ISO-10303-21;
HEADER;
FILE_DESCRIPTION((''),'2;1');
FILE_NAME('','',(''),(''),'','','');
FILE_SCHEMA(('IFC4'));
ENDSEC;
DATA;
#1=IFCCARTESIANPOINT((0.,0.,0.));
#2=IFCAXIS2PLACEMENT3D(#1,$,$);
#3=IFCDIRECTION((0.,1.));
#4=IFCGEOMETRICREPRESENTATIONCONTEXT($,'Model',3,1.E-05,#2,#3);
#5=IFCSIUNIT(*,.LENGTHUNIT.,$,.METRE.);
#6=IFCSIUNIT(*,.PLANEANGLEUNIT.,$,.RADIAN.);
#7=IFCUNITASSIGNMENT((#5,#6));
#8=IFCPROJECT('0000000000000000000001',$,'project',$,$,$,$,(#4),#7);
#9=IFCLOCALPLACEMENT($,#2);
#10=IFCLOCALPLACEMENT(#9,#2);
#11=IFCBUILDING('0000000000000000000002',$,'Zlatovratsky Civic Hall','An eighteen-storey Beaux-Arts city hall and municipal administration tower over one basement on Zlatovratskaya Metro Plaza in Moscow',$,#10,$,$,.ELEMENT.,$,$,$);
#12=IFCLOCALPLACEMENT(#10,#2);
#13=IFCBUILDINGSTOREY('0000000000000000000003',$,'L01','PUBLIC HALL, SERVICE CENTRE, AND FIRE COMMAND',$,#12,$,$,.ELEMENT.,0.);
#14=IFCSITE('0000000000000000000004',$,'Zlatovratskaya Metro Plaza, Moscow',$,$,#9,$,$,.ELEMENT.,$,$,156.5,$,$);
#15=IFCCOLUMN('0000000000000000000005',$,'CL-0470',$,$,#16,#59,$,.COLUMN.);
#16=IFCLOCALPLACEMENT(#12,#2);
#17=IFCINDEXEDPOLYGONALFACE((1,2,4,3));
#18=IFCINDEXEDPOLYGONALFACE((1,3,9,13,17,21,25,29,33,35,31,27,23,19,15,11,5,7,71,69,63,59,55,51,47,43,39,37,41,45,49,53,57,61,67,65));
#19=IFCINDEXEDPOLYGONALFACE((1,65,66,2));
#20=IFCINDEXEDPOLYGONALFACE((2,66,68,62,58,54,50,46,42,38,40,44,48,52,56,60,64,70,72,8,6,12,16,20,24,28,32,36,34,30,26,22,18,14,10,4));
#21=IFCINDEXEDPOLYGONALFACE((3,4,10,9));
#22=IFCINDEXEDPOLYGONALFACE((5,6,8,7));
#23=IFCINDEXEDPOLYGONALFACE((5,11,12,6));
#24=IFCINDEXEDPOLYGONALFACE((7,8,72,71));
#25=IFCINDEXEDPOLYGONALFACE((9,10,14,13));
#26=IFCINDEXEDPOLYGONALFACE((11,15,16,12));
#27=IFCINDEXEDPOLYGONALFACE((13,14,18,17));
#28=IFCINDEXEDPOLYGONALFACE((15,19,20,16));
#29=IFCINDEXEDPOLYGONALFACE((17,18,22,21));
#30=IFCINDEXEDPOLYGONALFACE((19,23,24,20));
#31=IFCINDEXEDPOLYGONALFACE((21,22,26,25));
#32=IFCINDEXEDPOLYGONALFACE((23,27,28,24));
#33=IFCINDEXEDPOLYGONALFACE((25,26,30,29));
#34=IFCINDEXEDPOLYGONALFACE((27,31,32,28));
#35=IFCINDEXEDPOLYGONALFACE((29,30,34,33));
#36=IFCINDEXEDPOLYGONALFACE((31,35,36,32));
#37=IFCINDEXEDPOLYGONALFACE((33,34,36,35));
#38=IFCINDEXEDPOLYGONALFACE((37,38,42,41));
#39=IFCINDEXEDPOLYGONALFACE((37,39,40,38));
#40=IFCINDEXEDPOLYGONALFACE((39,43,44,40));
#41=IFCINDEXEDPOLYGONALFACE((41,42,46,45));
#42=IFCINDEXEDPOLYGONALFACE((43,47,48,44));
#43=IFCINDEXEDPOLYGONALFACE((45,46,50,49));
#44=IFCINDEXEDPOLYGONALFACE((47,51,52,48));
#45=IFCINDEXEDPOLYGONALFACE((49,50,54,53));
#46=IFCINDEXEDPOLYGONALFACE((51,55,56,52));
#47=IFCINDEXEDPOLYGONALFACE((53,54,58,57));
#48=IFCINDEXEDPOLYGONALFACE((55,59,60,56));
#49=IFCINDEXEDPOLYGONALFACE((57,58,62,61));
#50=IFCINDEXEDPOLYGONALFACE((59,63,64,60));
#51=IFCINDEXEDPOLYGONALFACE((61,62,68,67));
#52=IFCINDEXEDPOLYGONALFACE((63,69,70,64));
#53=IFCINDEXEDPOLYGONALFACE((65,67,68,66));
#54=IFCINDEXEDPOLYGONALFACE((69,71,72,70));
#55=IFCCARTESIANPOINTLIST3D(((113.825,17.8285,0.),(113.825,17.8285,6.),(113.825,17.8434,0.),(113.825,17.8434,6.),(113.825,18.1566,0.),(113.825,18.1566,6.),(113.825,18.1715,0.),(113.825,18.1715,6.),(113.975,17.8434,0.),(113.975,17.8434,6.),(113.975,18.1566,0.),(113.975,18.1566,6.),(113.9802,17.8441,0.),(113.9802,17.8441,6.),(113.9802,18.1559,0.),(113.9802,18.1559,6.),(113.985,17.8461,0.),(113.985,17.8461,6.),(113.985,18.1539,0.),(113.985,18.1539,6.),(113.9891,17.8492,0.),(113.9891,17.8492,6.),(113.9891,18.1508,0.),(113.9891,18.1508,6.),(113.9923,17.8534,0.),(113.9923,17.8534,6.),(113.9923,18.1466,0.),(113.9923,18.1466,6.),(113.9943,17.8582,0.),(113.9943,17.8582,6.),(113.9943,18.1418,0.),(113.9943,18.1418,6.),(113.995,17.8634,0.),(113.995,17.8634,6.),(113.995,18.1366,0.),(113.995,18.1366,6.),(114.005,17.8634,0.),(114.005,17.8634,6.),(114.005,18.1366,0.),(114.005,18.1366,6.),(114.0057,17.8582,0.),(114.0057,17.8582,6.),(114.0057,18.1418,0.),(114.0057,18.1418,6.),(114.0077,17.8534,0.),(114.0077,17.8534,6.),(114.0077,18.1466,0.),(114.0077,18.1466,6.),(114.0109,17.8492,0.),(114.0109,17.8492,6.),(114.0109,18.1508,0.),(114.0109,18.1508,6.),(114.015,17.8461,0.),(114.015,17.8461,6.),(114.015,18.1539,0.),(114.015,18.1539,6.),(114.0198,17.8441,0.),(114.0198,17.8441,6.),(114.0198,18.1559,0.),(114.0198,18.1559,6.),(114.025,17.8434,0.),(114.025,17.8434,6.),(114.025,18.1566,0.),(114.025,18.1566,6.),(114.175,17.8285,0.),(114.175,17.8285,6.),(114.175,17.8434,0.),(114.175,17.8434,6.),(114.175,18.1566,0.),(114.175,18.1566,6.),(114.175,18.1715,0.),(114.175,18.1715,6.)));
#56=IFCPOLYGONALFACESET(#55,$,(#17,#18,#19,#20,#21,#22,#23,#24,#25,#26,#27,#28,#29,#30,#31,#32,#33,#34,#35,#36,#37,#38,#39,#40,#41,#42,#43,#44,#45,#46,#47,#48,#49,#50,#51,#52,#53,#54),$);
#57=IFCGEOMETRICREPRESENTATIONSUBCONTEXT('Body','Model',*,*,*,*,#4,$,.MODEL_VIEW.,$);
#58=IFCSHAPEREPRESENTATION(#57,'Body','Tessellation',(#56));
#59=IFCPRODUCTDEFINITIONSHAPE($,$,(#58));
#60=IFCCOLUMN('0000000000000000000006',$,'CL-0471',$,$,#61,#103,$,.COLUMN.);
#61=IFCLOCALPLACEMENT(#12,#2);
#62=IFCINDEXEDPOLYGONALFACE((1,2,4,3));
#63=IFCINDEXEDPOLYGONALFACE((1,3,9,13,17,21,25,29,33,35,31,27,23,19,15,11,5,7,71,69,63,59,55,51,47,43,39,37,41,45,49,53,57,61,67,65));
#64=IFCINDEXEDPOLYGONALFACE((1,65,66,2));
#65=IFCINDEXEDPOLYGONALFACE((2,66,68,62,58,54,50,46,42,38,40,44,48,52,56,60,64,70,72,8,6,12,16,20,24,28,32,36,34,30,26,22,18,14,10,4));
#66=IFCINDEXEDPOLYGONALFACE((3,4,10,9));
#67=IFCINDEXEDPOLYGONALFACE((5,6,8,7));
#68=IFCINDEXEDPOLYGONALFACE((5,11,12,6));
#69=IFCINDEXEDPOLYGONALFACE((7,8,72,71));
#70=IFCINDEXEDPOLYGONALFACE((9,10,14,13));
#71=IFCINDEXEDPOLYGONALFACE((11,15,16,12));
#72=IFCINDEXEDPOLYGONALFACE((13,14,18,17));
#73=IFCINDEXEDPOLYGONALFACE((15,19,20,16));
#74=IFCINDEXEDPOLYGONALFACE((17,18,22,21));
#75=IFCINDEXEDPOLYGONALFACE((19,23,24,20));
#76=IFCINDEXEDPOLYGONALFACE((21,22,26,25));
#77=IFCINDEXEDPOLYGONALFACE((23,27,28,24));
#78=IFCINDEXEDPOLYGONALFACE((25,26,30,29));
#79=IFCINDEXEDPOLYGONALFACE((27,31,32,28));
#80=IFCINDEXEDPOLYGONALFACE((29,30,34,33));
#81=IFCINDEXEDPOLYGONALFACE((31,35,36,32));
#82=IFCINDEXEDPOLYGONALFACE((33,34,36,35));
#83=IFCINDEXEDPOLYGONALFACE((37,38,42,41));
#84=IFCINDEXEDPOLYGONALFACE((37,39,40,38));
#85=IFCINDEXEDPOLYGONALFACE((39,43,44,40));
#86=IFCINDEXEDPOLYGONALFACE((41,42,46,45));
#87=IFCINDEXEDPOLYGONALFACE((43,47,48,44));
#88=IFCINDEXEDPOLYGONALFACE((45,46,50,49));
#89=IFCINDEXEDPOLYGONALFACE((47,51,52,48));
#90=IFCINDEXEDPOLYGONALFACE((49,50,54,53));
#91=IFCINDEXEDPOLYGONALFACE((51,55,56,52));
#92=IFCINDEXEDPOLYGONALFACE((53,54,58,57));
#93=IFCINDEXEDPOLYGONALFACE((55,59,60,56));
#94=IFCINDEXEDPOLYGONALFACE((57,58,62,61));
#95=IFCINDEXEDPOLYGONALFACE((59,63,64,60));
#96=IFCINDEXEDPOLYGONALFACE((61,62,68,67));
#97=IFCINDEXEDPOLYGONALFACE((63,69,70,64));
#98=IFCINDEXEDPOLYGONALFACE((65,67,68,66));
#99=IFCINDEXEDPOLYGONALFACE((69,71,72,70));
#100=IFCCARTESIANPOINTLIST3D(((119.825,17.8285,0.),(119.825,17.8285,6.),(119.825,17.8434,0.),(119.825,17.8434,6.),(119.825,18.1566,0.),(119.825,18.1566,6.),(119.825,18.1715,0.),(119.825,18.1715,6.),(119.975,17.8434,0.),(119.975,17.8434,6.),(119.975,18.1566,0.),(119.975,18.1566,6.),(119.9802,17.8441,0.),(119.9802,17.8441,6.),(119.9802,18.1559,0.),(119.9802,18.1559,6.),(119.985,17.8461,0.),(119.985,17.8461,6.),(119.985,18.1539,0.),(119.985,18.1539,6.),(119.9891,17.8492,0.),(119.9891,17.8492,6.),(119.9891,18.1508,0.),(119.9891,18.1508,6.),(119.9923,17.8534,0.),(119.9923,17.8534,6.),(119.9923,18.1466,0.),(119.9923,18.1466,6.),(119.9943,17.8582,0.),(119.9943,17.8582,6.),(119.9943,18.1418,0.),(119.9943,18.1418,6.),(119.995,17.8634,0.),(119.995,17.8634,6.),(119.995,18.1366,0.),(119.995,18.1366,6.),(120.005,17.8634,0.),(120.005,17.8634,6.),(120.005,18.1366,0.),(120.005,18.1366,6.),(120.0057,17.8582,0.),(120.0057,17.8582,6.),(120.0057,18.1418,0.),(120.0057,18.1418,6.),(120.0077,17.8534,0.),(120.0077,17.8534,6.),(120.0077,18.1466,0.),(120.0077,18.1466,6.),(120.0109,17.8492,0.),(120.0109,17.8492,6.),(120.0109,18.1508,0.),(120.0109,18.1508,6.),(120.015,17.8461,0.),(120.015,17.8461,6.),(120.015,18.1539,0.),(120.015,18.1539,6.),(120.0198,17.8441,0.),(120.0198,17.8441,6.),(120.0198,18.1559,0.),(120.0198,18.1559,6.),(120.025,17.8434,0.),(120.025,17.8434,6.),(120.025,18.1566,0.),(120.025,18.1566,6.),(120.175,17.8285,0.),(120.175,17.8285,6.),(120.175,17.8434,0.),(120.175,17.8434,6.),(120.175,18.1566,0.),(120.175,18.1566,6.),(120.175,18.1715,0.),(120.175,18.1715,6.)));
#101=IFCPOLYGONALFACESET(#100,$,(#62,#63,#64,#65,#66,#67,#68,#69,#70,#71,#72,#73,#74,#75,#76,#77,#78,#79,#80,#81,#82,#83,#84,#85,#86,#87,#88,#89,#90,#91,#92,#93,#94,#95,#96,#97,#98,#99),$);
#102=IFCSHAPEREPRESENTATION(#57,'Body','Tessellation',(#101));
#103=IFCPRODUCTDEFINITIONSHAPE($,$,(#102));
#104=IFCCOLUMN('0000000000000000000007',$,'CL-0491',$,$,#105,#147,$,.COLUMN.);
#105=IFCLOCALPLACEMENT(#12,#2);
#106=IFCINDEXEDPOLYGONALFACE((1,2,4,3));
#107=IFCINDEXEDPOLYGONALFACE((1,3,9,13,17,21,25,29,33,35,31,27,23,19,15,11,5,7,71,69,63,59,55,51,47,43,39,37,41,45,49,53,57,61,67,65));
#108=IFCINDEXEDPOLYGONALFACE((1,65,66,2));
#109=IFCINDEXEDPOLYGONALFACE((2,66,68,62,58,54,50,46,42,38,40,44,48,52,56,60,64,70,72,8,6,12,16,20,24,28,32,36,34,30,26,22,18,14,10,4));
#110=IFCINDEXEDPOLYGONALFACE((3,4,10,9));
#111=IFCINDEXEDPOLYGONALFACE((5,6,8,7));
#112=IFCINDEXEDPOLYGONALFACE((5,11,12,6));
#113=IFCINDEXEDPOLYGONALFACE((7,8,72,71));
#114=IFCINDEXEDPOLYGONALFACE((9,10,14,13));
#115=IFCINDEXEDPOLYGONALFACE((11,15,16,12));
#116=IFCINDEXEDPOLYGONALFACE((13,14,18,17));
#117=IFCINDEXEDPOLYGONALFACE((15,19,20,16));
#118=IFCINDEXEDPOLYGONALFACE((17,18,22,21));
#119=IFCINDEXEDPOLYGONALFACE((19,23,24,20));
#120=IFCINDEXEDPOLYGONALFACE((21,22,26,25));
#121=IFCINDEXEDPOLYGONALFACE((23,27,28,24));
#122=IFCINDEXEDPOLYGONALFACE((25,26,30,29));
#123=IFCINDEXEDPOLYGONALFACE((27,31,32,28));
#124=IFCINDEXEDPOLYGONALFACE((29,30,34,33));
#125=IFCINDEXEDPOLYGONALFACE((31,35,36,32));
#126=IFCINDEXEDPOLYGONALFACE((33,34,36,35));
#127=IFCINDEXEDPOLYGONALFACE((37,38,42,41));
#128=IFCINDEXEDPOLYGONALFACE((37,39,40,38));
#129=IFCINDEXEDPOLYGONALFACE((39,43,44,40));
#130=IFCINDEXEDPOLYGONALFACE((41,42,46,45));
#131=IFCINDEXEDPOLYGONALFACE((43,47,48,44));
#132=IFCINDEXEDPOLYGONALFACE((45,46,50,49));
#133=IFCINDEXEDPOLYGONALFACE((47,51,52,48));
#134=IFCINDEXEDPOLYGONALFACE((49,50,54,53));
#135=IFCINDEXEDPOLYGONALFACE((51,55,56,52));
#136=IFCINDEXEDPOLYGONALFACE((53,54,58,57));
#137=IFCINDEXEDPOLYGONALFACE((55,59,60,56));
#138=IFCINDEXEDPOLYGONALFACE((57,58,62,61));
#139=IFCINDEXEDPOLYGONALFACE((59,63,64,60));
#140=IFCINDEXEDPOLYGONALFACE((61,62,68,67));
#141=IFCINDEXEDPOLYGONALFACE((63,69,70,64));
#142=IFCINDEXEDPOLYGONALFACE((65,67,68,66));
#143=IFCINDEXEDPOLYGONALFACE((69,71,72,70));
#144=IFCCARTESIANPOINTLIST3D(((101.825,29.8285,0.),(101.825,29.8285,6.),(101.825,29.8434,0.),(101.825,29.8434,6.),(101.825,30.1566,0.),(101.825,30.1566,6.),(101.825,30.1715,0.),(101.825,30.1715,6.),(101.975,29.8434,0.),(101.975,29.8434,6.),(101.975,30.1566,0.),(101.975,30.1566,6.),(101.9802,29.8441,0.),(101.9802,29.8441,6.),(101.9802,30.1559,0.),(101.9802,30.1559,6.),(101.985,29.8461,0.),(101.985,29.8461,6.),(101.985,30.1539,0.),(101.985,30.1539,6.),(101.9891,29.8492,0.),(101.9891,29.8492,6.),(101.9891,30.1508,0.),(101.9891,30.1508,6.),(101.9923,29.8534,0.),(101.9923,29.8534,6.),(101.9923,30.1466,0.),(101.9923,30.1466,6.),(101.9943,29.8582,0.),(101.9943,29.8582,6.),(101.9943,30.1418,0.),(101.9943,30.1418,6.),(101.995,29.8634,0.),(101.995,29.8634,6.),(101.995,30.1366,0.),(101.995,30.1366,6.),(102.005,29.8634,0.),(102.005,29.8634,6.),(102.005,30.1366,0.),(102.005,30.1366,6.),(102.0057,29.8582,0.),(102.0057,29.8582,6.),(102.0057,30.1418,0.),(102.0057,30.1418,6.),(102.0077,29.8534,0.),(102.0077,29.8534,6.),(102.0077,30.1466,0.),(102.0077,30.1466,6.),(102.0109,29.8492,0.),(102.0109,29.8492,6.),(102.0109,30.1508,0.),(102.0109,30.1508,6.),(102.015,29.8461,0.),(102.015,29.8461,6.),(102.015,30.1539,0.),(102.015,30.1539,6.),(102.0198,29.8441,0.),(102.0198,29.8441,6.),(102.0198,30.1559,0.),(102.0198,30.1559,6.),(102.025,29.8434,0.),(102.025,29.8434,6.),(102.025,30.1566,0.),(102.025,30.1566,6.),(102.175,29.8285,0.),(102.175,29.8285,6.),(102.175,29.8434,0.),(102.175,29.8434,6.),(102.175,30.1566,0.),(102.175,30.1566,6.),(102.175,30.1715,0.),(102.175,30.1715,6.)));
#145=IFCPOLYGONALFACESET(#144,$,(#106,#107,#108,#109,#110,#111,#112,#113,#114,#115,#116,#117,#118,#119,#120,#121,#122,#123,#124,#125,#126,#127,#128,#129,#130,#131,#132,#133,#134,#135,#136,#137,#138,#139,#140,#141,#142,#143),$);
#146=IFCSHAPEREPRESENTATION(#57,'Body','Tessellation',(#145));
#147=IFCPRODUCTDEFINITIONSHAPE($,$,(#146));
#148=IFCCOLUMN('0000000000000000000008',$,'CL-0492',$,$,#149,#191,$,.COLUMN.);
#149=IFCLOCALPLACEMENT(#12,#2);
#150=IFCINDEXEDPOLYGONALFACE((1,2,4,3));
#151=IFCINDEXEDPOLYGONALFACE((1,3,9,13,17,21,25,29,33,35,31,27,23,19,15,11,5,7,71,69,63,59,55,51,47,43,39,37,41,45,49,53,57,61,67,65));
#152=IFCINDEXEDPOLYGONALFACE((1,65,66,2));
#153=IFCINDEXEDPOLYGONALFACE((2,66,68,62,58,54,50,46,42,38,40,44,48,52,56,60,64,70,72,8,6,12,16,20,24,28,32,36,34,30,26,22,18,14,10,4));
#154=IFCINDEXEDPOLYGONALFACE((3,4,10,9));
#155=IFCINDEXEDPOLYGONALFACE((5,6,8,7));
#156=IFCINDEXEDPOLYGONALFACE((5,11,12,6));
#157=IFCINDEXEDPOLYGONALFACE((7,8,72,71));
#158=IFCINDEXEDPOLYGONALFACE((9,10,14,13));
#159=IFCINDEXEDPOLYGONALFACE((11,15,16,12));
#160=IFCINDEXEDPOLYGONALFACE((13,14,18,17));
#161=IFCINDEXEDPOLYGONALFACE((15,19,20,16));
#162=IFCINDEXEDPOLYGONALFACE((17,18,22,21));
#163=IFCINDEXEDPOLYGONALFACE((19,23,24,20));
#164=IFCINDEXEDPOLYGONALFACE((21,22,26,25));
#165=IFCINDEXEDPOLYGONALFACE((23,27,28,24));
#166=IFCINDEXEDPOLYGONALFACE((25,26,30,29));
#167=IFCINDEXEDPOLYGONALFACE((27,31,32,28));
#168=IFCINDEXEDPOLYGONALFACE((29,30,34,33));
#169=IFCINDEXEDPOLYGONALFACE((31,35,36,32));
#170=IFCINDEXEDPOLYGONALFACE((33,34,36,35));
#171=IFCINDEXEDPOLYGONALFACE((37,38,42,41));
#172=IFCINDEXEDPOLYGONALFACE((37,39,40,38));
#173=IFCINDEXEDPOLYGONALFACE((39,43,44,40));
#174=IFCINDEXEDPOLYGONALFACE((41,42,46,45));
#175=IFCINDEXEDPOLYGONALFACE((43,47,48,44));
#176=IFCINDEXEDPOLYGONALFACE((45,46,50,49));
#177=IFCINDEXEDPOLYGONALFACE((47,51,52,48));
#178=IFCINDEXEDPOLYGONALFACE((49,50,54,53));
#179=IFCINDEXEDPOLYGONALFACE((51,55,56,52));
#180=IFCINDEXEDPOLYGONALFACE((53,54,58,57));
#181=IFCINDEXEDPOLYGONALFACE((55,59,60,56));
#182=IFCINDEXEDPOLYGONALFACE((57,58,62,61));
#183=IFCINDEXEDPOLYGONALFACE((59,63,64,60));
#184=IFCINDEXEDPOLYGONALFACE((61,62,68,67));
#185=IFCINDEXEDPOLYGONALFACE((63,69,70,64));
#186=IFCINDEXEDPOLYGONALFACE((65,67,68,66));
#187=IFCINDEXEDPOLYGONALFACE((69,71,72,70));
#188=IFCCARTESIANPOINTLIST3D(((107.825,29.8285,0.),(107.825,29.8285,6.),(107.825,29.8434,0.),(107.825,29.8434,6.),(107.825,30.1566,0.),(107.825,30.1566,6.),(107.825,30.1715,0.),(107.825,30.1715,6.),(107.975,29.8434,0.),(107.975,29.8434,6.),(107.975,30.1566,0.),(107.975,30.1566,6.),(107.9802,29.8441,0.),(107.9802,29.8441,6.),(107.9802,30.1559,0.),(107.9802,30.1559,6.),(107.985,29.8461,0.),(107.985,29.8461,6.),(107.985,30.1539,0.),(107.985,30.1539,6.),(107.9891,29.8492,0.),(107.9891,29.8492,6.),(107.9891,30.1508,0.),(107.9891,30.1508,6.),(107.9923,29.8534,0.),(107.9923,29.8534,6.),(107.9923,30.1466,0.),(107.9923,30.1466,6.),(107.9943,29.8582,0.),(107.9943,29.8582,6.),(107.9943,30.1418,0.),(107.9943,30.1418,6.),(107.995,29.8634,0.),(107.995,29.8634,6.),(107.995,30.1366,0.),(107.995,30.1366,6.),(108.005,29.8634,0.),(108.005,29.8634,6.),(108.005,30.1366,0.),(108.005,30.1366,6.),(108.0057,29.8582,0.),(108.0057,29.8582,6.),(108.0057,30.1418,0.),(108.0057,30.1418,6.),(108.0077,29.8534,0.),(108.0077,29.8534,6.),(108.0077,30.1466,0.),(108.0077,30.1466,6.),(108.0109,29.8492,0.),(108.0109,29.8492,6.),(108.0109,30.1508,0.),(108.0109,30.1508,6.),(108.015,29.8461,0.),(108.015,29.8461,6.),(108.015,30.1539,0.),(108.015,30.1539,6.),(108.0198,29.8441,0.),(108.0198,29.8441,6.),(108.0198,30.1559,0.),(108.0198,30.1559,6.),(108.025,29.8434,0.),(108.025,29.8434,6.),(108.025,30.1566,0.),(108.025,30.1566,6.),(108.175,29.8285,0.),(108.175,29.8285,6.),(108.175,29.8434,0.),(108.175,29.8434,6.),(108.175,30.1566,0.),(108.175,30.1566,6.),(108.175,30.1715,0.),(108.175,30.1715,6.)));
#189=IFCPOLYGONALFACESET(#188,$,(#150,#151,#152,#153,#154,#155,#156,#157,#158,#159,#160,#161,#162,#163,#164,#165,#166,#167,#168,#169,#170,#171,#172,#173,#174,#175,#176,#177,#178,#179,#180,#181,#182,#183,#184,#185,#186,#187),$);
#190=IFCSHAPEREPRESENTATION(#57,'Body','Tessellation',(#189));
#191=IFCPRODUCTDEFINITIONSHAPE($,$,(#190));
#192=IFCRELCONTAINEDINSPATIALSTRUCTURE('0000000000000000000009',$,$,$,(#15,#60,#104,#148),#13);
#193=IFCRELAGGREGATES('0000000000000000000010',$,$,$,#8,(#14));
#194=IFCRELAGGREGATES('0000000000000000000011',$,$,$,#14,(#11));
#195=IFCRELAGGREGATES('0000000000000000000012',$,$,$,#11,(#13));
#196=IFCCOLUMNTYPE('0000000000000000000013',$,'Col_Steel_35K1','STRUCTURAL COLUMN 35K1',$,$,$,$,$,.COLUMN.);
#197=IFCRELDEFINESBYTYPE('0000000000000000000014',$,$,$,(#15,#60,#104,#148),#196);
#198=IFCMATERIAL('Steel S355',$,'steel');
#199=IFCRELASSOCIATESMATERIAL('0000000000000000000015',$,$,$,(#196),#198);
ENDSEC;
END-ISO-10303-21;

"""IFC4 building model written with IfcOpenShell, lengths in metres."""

from ifc_helpers import new_model, si_unit, direction, frame, origin, origin_2d, place, context, subcontext, project, spatial, i_section, extrude, material, material_profile, profile_set, type_object, element, save


model = new_model("IFC4")

# Units and contexts
model_context = context("Model", 3, precision=1e-05, world=origin(), true_north=direction((0.0, 1.0)))
body_context = subcontext(model_context, "Body", "Model", "MODEL_VIEW")
ifc_project = project(units=[si_unit("LENGTHUNIT", "METRE"), si_unit("PLANEANGLEUNIT", "RADIAN")], contexts=[model_context])

# Site, building, storey
site_placement = place(None, origin())
site = spatial("IfcSite", under=ifc_project, at=site_placement, Name="Zlatovratskaya Metro Plaza, Moscow", CompositionType="ELEMENT", RefElevation=156.5)
building_placement = place(site_placement, origin())
building = spatial("IfcBuilding", under=site, at=building_placement, Name="Zlatovratsky Civic Hall", Description="An eighteen-storey Beaux-Arts city hall and municipal administration tower over one basement on Zlatovratskaya Metro Plaza in Moscow", CompositionType="ELEMENT")
storey_placement = place(building_placement, origin())
storey = spatial("IfcBuildingStorey", under=building, at=storey_placement, Name="L01", Description="PUBLIC HALL, SERVICE CENTRE, AND FIRE COMMAND", CompositionType="ELEMENT", Elevation=0.0)

# Columns
ifc_material_1 = material(Name="Steel S355", Category="steel")
ifc_material_profile_1 = material_profile(ifc_material_1, i_section(OverallWidth=0.3501, OverallDepth=0.343, WebThickness=0.01, FlangeThickness=0.0149, FilletRadius=0.02, at=origin_2d()), Name="35K1")
ifc_profile_set_1 = profile_set([ifc_material_profile_1], Name="Steel S355")
column_type = type_object("IfcColumnType", Name="Col_Steel_35K1", Description="STRUCTURAL COLUMN 35K1", PredefinedType="COLUMN", material=ifc_profile_set_1)
for number, where, z_axis, x_axis, name in (
    (1, (114.0, 18.0, 0.0), (0.0, 0.0, 1.0), (1.0, 0.0, 0.0), "CL-0470"),
    (2, (120.0, 18.0, 0.0), (0.0, 0.0, 1.0), (1.0, 0.0, 0.0), "CL-0471"),
    (3, (102.0, 30.0, 0.0), (0.0, 0.0, 1.0), (1.0, 0.0, 0.0), "CL-0491"),
    (4, (108.0, 30.0, 0.0), (0.0, 0.0, 1.0), (1.0, 0.0, 0.0), "CL-0492"),
):
    element("IfcColumn", number, at=place(storey_placement, frame(where, z_axis=z_axis, x_axis=x_axis)), inside=storey, type_object=column_type, Name=name, PredefinedType="COLUMN", context=body_context, shape_type="SweptSolid", body=[
        extrude(i_section(OverallWidth=0.3501, OverallDepth=0.343, WebThickness=0.01, FlangeThickness=0.0149, FilletRadius=0.02, at=origin_2d()), origin(), (0.0, 0.0, 1.0), 6.0),
    ])

save(model, "model.ifc")
